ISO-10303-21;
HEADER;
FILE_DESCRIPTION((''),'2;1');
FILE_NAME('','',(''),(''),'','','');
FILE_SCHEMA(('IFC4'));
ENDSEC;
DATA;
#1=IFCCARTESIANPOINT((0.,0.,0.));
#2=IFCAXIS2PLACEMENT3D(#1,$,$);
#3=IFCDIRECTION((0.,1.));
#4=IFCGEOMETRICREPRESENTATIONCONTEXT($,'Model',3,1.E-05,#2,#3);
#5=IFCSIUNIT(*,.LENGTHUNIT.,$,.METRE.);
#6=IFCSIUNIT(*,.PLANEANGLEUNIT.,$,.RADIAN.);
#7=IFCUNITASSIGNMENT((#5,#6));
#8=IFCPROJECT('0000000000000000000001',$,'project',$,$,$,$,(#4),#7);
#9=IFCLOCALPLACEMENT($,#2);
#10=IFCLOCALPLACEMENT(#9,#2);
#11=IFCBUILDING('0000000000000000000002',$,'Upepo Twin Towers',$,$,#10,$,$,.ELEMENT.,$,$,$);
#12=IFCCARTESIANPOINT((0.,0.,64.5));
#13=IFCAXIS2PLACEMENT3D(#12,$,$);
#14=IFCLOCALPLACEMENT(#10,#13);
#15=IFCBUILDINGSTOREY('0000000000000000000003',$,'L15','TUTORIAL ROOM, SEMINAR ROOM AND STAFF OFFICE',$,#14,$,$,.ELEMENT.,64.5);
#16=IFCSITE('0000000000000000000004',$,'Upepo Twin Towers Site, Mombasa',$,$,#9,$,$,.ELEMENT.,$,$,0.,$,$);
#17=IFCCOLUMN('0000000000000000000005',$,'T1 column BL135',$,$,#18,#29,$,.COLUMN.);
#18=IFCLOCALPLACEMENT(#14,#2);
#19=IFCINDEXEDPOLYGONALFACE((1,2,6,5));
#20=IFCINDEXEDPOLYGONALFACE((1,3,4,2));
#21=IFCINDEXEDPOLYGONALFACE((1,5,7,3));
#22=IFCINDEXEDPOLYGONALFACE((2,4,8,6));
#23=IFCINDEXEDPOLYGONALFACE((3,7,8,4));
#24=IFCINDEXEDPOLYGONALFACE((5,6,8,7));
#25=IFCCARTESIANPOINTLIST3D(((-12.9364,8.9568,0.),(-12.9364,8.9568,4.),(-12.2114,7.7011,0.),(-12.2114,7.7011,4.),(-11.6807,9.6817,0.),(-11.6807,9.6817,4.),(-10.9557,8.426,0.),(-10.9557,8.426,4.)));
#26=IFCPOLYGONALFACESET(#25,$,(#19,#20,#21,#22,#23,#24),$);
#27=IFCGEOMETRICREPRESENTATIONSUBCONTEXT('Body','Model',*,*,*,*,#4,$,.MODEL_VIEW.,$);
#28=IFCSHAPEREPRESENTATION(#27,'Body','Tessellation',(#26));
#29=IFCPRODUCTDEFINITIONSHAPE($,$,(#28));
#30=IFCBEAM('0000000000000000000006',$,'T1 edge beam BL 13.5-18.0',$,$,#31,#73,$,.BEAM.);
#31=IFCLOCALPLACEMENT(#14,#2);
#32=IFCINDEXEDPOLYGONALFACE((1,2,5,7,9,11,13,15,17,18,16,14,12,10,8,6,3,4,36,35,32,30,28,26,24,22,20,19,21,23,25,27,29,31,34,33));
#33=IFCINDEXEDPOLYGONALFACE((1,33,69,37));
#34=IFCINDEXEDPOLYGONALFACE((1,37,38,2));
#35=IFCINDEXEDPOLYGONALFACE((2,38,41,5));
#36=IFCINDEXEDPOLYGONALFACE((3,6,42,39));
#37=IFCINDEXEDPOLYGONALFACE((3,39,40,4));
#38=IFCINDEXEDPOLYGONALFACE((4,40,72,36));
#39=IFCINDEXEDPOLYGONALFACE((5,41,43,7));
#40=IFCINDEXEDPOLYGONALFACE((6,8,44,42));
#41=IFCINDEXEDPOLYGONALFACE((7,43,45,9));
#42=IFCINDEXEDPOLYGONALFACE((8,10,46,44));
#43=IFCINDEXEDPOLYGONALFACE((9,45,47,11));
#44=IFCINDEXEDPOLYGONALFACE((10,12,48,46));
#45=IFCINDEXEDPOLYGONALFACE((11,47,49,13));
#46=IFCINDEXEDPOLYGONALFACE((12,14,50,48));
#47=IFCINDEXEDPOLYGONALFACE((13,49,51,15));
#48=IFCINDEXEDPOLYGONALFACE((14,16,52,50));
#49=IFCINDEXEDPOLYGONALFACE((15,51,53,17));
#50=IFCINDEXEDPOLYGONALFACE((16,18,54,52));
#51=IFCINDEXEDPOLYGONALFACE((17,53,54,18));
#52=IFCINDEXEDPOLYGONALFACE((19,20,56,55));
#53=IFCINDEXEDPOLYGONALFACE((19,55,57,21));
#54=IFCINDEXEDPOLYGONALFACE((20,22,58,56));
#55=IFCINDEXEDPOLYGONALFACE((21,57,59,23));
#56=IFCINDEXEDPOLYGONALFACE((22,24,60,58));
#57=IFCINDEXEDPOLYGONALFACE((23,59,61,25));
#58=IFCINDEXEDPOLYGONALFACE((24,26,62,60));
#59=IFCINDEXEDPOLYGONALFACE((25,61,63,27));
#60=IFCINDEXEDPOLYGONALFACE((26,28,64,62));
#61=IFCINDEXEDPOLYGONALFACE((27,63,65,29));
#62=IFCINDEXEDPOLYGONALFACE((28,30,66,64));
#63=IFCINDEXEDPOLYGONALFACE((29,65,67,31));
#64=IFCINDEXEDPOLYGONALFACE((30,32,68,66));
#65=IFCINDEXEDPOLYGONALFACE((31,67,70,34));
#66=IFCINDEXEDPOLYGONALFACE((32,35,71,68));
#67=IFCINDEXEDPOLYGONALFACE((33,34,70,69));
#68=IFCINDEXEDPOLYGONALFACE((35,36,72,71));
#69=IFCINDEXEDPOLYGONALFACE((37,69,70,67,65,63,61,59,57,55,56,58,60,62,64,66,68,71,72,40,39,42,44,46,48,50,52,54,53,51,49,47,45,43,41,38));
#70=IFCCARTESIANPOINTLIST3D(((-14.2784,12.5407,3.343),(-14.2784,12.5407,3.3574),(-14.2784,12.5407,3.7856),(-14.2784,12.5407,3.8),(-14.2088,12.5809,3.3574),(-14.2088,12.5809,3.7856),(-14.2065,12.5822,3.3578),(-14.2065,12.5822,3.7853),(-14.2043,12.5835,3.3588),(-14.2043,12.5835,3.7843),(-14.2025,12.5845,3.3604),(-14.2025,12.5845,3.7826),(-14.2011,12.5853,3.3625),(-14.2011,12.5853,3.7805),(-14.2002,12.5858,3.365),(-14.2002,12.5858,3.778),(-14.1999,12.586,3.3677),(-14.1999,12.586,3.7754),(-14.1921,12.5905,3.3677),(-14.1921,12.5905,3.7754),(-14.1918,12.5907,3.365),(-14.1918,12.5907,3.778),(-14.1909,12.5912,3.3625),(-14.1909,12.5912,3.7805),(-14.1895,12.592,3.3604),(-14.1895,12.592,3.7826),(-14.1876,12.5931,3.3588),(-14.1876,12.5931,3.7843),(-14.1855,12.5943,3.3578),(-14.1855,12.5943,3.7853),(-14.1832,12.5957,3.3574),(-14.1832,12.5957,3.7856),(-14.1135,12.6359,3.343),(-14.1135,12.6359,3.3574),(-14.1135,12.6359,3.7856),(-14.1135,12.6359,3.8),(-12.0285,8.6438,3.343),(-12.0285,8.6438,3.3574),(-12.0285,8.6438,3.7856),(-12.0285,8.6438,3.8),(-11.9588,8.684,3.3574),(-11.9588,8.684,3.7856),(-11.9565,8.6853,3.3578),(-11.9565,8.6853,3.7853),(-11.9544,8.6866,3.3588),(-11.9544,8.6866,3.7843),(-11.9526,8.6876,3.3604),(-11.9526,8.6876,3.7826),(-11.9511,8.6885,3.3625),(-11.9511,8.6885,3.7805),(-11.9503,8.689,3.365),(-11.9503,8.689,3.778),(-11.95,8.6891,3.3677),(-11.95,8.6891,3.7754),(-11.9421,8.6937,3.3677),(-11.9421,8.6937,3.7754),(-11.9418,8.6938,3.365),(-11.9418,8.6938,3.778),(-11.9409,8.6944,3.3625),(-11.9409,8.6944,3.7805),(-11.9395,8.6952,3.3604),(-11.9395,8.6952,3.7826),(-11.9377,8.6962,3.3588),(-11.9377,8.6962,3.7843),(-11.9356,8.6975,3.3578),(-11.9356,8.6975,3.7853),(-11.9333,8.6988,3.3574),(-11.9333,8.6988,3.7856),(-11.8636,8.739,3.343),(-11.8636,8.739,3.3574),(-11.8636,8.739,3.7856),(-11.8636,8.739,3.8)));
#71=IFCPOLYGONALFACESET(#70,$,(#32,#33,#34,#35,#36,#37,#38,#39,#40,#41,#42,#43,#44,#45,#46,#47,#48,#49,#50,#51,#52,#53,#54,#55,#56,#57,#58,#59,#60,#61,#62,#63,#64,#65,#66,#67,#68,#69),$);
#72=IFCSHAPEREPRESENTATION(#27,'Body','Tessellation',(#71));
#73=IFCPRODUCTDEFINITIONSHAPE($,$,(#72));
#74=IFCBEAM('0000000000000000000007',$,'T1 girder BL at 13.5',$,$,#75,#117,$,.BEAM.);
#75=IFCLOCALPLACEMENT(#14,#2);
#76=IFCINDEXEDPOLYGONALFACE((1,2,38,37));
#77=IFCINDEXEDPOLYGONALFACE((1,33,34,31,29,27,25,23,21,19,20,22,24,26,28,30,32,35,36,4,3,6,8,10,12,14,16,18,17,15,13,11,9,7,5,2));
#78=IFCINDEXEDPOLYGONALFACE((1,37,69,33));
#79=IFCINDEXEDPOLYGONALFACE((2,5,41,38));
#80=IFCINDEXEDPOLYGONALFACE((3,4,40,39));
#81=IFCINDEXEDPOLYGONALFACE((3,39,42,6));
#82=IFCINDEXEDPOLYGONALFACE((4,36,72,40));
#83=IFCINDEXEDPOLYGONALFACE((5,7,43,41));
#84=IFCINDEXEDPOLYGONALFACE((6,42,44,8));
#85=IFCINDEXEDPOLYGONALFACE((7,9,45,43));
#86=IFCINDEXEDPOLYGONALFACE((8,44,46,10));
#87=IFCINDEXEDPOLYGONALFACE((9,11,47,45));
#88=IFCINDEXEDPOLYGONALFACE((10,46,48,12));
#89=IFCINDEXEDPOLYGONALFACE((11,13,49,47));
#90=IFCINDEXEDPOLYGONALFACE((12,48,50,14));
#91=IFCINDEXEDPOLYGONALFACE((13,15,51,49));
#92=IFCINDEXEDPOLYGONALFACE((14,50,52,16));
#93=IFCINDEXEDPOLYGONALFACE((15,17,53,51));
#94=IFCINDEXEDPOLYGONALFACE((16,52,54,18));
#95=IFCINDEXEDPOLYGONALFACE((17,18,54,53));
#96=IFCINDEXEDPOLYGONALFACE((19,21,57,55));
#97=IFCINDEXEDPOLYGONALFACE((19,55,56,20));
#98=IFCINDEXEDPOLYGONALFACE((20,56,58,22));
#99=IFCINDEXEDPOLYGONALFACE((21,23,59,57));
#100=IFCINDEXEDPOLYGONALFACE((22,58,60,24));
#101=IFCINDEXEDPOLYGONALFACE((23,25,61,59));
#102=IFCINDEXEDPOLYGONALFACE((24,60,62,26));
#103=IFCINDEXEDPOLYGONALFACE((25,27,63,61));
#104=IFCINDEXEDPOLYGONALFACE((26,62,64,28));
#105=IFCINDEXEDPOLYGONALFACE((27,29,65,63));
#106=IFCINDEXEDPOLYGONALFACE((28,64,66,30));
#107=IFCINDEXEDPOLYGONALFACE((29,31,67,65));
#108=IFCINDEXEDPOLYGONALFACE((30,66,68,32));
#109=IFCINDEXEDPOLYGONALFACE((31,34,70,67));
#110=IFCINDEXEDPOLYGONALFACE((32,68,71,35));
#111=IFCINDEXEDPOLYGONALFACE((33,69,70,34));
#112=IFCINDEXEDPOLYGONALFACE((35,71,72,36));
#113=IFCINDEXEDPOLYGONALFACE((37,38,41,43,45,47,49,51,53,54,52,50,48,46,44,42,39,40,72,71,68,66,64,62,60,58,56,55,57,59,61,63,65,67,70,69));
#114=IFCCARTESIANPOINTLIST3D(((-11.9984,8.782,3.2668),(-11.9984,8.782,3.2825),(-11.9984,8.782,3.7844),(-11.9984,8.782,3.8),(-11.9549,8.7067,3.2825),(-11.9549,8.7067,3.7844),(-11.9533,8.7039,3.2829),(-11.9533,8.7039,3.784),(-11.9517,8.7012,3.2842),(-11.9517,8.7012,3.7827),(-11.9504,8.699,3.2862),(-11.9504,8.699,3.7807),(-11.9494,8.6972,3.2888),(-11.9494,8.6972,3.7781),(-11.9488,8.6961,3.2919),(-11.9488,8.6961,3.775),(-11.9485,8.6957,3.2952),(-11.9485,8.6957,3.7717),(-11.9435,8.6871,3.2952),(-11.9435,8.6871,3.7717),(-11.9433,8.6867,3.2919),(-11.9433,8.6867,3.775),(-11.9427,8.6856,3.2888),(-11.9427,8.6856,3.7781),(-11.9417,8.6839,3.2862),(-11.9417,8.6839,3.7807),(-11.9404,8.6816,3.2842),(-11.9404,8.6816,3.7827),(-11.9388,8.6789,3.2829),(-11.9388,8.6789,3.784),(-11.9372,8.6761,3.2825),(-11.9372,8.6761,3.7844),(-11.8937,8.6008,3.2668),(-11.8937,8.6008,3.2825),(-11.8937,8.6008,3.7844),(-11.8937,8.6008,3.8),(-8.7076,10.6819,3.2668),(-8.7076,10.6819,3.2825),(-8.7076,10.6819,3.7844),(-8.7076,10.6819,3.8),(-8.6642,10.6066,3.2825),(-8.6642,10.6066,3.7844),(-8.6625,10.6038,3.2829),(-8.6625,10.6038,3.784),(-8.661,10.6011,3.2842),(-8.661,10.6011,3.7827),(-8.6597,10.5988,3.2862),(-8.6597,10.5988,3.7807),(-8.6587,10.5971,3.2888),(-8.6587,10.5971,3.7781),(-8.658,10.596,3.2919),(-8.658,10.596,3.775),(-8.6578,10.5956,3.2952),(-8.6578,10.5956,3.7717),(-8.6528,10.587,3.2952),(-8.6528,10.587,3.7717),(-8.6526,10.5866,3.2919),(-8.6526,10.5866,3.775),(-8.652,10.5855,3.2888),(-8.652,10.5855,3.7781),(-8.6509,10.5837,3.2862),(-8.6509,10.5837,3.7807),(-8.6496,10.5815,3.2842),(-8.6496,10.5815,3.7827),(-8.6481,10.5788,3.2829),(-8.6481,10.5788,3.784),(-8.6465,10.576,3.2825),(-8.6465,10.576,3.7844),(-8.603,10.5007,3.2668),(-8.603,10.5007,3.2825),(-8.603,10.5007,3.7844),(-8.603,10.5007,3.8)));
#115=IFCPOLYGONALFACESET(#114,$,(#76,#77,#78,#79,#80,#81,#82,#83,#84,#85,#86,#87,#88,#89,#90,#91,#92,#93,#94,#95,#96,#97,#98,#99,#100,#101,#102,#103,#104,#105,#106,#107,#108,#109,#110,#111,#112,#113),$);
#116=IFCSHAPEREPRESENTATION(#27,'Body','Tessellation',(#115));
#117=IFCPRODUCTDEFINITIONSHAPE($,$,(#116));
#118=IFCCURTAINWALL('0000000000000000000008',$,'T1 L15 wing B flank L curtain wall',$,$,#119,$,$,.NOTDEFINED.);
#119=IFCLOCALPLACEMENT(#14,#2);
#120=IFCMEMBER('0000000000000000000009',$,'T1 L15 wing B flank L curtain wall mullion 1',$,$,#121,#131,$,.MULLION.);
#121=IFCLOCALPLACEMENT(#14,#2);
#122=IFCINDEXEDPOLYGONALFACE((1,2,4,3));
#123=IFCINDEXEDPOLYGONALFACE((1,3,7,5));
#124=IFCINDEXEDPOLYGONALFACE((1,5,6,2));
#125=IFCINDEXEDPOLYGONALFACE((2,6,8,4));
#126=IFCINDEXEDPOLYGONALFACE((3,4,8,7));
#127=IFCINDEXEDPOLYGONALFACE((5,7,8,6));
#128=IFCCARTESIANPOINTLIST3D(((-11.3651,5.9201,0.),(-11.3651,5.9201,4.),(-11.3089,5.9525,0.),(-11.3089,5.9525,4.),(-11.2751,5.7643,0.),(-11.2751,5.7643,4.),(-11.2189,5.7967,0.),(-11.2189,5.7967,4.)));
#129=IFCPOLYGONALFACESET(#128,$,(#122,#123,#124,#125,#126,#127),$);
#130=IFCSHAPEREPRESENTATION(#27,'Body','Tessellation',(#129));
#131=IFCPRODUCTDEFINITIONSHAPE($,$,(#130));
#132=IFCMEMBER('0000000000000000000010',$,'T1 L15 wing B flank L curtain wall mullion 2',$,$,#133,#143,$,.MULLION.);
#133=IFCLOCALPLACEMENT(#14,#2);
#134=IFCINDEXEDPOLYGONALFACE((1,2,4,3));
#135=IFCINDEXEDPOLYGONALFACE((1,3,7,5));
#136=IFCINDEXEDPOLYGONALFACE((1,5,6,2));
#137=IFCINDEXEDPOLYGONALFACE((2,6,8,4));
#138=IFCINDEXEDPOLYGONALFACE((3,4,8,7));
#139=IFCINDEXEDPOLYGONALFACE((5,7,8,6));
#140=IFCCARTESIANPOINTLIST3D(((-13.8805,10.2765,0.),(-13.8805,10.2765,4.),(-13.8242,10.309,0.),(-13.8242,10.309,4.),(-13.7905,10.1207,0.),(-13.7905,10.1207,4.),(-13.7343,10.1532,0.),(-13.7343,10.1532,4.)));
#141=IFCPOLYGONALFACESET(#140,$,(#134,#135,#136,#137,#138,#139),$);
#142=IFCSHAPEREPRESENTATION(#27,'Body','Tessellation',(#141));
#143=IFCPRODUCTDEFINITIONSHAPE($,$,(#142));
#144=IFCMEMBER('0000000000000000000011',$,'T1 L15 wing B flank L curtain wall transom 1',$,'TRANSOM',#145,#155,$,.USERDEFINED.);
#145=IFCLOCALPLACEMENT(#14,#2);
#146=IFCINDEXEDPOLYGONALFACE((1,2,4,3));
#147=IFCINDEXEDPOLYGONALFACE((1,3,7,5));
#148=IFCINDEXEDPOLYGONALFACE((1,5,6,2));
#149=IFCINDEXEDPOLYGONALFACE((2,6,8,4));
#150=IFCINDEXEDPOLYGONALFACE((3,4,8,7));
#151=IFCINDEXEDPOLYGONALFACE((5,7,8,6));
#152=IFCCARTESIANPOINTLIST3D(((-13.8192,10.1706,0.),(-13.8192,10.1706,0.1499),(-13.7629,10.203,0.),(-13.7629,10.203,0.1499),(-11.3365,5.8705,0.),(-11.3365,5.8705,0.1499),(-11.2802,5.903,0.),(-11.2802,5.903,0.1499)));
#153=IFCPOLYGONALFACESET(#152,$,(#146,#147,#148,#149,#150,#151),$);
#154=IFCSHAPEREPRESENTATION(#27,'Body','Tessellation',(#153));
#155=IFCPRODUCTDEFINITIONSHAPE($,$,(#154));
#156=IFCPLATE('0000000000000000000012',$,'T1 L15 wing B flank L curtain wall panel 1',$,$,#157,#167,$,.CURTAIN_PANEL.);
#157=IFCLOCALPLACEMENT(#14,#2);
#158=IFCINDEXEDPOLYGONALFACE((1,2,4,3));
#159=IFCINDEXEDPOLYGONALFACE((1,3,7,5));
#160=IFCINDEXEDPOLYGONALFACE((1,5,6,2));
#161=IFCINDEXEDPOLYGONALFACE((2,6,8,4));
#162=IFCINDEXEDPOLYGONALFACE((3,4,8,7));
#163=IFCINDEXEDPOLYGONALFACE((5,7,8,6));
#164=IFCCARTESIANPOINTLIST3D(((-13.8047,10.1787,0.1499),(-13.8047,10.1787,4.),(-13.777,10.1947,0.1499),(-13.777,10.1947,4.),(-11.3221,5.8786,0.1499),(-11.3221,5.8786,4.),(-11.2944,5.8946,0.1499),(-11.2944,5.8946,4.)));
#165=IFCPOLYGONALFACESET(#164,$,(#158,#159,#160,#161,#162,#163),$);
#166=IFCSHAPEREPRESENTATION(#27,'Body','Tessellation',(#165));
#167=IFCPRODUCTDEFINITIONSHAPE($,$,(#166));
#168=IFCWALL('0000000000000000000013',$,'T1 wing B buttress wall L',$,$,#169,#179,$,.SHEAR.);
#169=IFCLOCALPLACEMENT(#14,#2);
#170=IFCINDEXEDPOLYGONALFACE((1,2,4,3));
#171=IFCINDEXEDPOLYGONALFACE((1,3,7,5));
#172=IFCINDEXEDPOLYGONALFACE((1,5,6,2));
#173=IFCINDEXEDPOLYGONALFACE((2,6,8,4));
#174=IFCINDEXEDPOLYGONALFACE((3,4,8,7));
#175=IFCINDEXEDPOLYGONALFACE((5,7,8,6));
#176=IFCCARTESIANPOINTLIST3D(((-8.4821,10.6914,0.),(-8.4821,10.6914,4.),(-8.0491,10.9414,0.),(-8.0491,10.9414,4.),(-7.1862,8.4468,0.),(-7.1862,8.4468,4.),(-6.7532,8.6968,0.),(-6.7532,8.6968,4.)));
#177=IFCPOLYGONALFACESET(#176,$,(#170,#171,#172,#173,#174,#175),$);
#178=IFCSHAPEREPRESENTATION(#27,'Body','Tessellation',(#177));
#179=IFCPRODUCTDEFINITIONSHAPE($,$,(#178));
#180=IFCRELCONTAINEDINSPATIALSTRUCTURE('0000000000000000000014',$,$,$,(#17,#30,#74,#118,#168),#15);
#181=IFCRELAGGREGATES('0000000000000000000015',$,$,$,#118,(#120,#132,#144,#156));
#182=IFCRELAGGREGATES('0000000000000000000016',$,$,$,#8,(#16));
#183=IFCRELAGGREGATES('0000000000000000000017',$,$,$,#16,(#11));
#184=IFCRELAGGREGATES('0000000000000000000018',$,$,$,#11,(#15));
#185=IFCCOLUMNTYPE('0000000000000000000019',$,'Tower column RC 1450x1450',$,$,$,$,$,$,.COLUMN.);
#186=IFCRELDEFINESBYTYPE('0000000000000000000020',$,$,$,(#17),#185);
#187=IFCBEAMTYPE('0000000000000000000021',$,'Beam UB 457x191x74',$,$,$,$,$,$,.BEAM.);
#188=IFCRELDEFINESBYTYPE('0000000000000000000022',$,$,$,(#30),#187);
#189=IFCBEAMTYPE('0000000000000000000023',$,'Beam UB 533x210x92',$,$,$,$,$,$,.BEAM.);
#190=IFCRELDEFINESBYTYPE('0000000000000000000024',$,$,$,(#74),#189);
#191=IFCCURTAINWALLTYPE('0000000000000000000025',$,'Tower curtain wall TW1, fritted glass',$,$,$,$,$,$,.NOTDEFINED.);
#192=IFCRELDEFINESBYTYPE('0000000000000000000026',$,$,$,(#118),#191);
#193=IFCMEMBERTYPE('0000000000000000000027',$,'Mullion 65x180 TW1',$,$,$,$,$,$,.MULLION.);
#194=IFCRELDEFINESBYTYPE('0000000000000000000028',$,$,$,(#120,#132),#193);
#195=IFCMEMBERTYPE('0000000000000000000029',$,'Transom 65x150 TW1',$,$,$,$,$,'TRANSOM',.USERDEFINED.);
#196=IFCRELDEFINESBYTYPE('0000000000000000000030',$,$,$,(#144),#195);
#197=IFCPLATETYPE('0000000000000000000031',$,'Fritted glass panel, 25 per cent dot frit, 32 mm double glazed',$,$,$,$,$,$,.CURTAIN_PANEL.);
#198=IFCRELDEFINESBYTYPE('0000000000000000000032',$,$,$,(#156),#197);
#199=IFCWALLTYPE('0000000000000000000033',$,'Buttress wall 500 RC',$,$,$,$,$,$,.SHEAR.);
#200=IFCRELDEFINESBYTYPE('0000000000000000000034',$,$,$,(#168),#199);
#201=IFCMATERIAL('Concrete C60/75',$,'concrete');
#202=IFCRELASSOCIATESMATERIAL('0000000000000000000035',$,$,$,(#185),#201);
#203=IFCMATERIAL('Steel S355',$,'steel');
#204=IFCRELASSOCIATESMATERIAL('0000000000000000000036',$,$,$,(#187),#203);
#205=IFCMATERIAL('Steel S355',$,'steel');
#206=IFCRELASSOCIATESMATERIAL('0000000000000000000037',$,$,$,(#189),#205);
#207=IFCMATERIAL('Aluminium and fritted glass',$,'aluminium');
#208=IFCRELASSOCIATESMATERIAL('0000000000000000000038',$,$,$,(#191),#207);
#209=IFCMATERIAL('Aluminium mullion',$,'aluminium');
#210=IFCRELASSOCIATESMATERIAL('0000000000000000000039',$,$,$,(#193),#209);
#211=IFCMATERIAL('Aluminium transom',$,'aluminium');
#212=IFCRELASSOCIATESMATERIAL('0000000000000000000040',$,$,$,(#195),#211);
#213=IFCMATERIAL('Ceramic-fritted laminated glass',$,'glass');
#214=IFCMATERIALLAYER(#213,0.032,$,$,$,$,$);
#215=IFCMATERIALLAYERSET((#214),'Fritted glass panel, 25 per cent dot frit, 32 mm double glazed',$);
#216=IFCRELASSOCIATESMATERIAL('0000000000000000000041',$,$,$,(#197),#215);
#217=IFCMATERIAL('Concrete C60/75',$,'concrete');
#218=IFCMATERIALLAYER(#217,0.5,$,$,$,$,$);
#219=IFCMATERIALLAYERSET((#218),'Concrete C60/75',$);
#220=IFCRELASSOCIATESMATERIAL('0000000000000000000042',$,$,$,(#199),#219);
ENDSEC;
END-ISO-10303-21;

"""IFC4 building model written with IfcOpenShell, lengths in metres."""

from ifc_helpers import new_model, si_unit, direction, frame, frame_2d, origin, origin_2d, place, context, subcontext, project, spatial, rectangle, i_section, extrude, material, layer, layer_set, material_profile, profile_set, type_object, element, aggregate, save


model = new_model("IFC4")

# Units and contexts
model_context = context("Model", 3, precision=1e-05, world=origin(), true_north=direction((0.0, 1.0)))
body_context = subcontext(model_context, "Body", "Model", "MODEL_VIEW")
ifc_project = project(units=[si_unit("LENGTHUNIT", "METRE"), si_unit("PLANEANGLEUNIT", "RADIAN")], contexts=[model_context])

# Site, building, storey
site_placement = place(None, origin())
site = spatial("IfcSite", under=ifc_project, at=site_placement, Name="Upepo Twin Towers Site, Mombasa", CompositionType="ELEMENT", RefElevation=0.0)
building_placement = place(site_placement, origin())
building = spatial("IfcBuilding", under=site, at=building_placement, Name="Upepo Twin Towers", CompositionType="ELEMENT")
storey_placement = place(building_placement, frame((0.0, 0.0, 64.5)))
storey = spatial("IfcBuildingStorey", under=building, at=storey_placement, Name="L15", Description="TUTORIAL ROOM, SEMINAR ROOM AND STAFF OFFICE", CompositionType="ELEMENT", Elevation=64.5)

# Column
ifc_material_1 = material(Name="Concrete C60/75", Category="concrete")
ifc_material_profile_1 = material_profile(ifc_material_1, rectangle(XDim=1.45, YDim=1.45, at=origin_2d()), Name="RC 1450x1450")
ifc_profile_set_1 = profile_set([ifc_material_profile_1], Name="Concrete C60/75")
column_type = type_object("IfcColumnType", Name="Tower column RC 1450x1450", PredefinedType="COLUMN", material=ifc_profile_set_1)
column_placement = place(storey_placement, frame((-11.946, 8.6914, 0.0), z_axis=(0.0, 0.0, 1.0), x_axis=(0.866025, 0.5, 0.0)))
element("IfcColumn", 1, at=column_placement, inside=storey, type_object=column_type, Name="T1 column BL135", PredefinedType="COLUMN", context=body_context, shape_type="SweptSolid", body=[
    extrude(rectangle(XDim=1.45, YDim=1.45, at=origin_2d()), origin(), (0.0, 0.0, 1.0), 4.0),
])

# Beams
ifc_material_2 = material(Name="Steel S355", Category="steel")
ifc_material_profile_2 = material_profile(ifc_material_2, i_section(OverallWidth=0.1904, OverallDepth=0.457, WebThickness=0.009, FlangeThickness=0.0144, FilletRadius=0.0103, at=origin_2d()), Name="UB 457x191x74")
ifc_profile_set_2 = profile_set([ifc_material_profile_2], Name="Steel S355")
beam_type_1 = type_object("IfcBeamType", Name="Beam UB 457x191x74", PredefinedType="BEAM", material=ifc_profile_set_2)
beam_1_placement = place(storey_placement, frame((-11.946, 8.6914, 3.5715), z_axis=(-0.500014, 0.866018, 0.0), x_axis=(-0.866018, -0.500014, 0.0)))
element("IfcBeam", 2, at=beam_1_placement, inside=storey, type_object=beam_type_1, Name="T1 edge beam BL 13.5-18.0", PredefinedType="BEAM", context=body_context, shape_type="SweptSolid", body=[
    extrude(i_section(OverallWidth=0.1904, OverallDepth=0.457, WebThickness=0.009, FlangeThickness=0.0144, FilletRadius=0.0103, at=origin_2d()), origin(), (0.0, 0.0, 1.0), 4.4998),
])
ifc_material_3 = material(Name="Steel S355", Category="steel")
ifc_material_profile_3 = material_profile(ifc_material_3, i_section(OverallWidth=0.2092, OverallDepth=0.5332, WebThickness=0.01, FlangeThickness=0.0156, FilletRadius=0.0127, at=origin_2d()), Name="UB 533x210x92")
ifc_profile_set_3 = profile_set([ifc_material_profile_3], Name="Steel S355")
beam_type_2 = type_object("IfcBeamType", Name="Beam UB 533x210x92", PredefinedType="BEAM", material=ifc_profile_set_3)
beam_2_placement = place(storey_placement, frame((-11.946, 8.6914, 3.5334), z_axis=(0.866028, 0.499995, 0.0), x_axis=(-0.499995, 0.866028, 0.0)))
element("IfcBeam", 3, at=beam_2_placement, inside=storey, type_object=beam_type_2, Name="T1 girder BL at 13.5", PredefinedType="BEAM", context=body_context, shape_type="SweptSolid", body=[
    extrude(i_section(OverallWidth=0.2092, OverallDepth=0.5332, WebThickness=0.01, FlangeThickness=0.0156, FilletRadius=0.0127, at=origin_2d()), origin(), (0.0, 0.0, 1.0), 3.7998),
])

# Curtain wall, members, plate
ifc_material_4 = material(Name="Aluminium and fritted glass", Category="aluminium")
curtain_wall_type = type_object("IfcCurtainWallType", Name="Tower curtain wall TW1, fritted glass", PredefinedType="NOTDEFINED", material=ifc_material_4)
curtain_wall_placement = place(storey_placement, origin())
curtain_wall = element("IfcCurtainWall", 4, at=curtain_wall_placement, inside=storey, type_object=curtain_wall_type, Name="T1 L15 wing B flank L curtain wall", PredefinedType="NOTDEFINED")
ifc_material_5 = material(Name="Aluminium mullion", Category="aluminium")
ifc_material_profile_4 = material_profile(ifc_material_5, rectangle(XDim=0.0649, YDim=0.1799, at=origin_2d()), Name="MULLION 65x180")
ifc_profile_set_4 = profile_set([ifc_material_profile_4], Name="Aluminium mullion")
member_type_1 = type_object("IfcMemberType", Name="Mullion 65x180 TW1", PredefinedType="MULLION", material=ifc_profile_set_4)
member_1_placement = place(storey_placement, frame((-11.292, 5.8584, 0.0), z_axis=(0.0, 0.0, 1.0), x_axis=(-0.866025, -0.5, 0.0)))
member_1 = element("IfcMember", 5, at=member_1_placement, type_object=member_type_1, Name="T1 L15 wing B flank L curtain wall mullion 1", PredefinedType="MULLION", context=body_context, shape_type="SweptSolid", body=[
    extrude(rectangle(XDim=0.0649, YDim=0.1799, at=origin_2d()), origin(), (0.0, 0.0, 1.0), 4.0),
])
member_2_placement = place(storey_placement, frame((-13.8074, 10.2148, 0.0), z_axis=(0.0, 0.0, 1.0), x_axis=(-0.866025, -0.5, 0.0)))
member_2 = element("IfcMember", 6, at=member_2_placement, type_object=member_type_1, Name="T1 L15 wing B flank L curtain wall mullion 2", PredefinedType="MULLION", context=body_context, shape_type="SweptSolid", body=[
    extrude(rectangle(XDim=0.0649, YDim=0.1799, at=origin_2d()), origin(), (0.0, 0.0, 1.0), 4.0),
])
ifc_material_6 = material(Name="Aluminium transom", Category="aluminium")
ifc_material_profile_5 = material_profile(ifc_material_6, rectangle(XDim=0.0649, YDim=0.1499, at=origin_2d()), Name="TRANSOM 65x150")
ifc_profile_set_5 = profile_set([ifc_material_profile_5], Name="Aluminium transom")
member_type_2 = type_object("IfcMemberType", Name="Transom 65x150 TW1", ElementType="TRANSOM", PredefinedType="USERDEFINED", material=ifc_profile_set_5)
member_3_placement = place(storey_placement, frame((-11.3083, 5.8867, 0.075), z_axis=(-0.500005, 0.866023, 0.0), x_axis=(-0.866023, -0.500005, 0.0)))
member_3 = element("IfcMember", 7, at=member_3_placement, type_object=member_type_2, Name="T1 L15 wing B flank L curtain wall transom 1", ObjectType="TRANSOM", PredefinedType="USERDEFINED", context=body_context, shape_type="SweptSolid", body=[
    extrude(rectangle(XDim=0.0649, YDim=0.1499, at=origin_2d()), origin(), (0.0, 0.0, 1.0), 4.9653),
])
ifc_material_7 = material(Name="Ceramic-fritted laminated glass", Category="glass")
ifc_layer_1 = layer(ifc_material_7, 0.032)
ifc_layer_set_1 = layer_set([ifc_layer_1], Name="Fritted glass panel, 25 per cent dot frit, 32 mm double glazed")
plate_type = type_object("IfcPlateType", Name="Fritted glass panel, 25 per cent dot frit, 32 mm double glazed", PredefinedType="CURTAIN_PANEL", material=ifc_layer_set_1)
plate_placement = place(storey_placement, frame((-12.5496, 8.0366, 0.1499), z_axis=(0.0, 0.0, 1.0), x_axis=(-0.5, 0.866025, 0.0)))
plate = element("IfcPlate", 8, at=plate_placement, type_object=plate_type, Name="T1 L15 wing B flank L curtain wall panel 1", PredefinedType="CURTAIN_PANEL", context=body_context, shape_type="SweptSolid", body=[
    extrude(rectangle(XDim=4.9653, YDim=0.032, at=origin_2d()), origin(), (0.0, 0.0, 1.0), 3.8501),
])
aggregate(curtain_wall, [member_1, member_2, member_3, plate])

# Wall
ifc_material_8 = material(Name="Concrete C60/75", Category="concrete")
ifc_layer_2 = layer(ifc_material_8, 0.5)
ifc_layer_set_2 = layer_set([ifc_layer_2], Name="Concrete C60/75")
wall_type_1 = type_object("IfcWallType", Name="Buttress wall 500 RC", PredefinedType="SHEAR", material=ifc_layer_set_2)
wall_1_placement = place(storey_placement, frame((-6.9697, 8.5718, 0.0), z_axis=(0.0, 0.0, 1.0), x_axis=(-0.499989, 0.866032, 0.0)))
element("IfcWall", 9, at=wall_1_placement, inside=storey, type_object=wall_type_1, Name="T1 wing B buttress wall L", PredefinedType="SHEAR", context=body_context, shape_type="SweptSolid", body=[
    extrude(rectangle(XDim=2.5918, YDim=0.5, at=frame_2d((1.2959, 0.0))), origin(), (0.0, 0.0, 1.0), 4.0),
])

save(model, "model.ifc")
